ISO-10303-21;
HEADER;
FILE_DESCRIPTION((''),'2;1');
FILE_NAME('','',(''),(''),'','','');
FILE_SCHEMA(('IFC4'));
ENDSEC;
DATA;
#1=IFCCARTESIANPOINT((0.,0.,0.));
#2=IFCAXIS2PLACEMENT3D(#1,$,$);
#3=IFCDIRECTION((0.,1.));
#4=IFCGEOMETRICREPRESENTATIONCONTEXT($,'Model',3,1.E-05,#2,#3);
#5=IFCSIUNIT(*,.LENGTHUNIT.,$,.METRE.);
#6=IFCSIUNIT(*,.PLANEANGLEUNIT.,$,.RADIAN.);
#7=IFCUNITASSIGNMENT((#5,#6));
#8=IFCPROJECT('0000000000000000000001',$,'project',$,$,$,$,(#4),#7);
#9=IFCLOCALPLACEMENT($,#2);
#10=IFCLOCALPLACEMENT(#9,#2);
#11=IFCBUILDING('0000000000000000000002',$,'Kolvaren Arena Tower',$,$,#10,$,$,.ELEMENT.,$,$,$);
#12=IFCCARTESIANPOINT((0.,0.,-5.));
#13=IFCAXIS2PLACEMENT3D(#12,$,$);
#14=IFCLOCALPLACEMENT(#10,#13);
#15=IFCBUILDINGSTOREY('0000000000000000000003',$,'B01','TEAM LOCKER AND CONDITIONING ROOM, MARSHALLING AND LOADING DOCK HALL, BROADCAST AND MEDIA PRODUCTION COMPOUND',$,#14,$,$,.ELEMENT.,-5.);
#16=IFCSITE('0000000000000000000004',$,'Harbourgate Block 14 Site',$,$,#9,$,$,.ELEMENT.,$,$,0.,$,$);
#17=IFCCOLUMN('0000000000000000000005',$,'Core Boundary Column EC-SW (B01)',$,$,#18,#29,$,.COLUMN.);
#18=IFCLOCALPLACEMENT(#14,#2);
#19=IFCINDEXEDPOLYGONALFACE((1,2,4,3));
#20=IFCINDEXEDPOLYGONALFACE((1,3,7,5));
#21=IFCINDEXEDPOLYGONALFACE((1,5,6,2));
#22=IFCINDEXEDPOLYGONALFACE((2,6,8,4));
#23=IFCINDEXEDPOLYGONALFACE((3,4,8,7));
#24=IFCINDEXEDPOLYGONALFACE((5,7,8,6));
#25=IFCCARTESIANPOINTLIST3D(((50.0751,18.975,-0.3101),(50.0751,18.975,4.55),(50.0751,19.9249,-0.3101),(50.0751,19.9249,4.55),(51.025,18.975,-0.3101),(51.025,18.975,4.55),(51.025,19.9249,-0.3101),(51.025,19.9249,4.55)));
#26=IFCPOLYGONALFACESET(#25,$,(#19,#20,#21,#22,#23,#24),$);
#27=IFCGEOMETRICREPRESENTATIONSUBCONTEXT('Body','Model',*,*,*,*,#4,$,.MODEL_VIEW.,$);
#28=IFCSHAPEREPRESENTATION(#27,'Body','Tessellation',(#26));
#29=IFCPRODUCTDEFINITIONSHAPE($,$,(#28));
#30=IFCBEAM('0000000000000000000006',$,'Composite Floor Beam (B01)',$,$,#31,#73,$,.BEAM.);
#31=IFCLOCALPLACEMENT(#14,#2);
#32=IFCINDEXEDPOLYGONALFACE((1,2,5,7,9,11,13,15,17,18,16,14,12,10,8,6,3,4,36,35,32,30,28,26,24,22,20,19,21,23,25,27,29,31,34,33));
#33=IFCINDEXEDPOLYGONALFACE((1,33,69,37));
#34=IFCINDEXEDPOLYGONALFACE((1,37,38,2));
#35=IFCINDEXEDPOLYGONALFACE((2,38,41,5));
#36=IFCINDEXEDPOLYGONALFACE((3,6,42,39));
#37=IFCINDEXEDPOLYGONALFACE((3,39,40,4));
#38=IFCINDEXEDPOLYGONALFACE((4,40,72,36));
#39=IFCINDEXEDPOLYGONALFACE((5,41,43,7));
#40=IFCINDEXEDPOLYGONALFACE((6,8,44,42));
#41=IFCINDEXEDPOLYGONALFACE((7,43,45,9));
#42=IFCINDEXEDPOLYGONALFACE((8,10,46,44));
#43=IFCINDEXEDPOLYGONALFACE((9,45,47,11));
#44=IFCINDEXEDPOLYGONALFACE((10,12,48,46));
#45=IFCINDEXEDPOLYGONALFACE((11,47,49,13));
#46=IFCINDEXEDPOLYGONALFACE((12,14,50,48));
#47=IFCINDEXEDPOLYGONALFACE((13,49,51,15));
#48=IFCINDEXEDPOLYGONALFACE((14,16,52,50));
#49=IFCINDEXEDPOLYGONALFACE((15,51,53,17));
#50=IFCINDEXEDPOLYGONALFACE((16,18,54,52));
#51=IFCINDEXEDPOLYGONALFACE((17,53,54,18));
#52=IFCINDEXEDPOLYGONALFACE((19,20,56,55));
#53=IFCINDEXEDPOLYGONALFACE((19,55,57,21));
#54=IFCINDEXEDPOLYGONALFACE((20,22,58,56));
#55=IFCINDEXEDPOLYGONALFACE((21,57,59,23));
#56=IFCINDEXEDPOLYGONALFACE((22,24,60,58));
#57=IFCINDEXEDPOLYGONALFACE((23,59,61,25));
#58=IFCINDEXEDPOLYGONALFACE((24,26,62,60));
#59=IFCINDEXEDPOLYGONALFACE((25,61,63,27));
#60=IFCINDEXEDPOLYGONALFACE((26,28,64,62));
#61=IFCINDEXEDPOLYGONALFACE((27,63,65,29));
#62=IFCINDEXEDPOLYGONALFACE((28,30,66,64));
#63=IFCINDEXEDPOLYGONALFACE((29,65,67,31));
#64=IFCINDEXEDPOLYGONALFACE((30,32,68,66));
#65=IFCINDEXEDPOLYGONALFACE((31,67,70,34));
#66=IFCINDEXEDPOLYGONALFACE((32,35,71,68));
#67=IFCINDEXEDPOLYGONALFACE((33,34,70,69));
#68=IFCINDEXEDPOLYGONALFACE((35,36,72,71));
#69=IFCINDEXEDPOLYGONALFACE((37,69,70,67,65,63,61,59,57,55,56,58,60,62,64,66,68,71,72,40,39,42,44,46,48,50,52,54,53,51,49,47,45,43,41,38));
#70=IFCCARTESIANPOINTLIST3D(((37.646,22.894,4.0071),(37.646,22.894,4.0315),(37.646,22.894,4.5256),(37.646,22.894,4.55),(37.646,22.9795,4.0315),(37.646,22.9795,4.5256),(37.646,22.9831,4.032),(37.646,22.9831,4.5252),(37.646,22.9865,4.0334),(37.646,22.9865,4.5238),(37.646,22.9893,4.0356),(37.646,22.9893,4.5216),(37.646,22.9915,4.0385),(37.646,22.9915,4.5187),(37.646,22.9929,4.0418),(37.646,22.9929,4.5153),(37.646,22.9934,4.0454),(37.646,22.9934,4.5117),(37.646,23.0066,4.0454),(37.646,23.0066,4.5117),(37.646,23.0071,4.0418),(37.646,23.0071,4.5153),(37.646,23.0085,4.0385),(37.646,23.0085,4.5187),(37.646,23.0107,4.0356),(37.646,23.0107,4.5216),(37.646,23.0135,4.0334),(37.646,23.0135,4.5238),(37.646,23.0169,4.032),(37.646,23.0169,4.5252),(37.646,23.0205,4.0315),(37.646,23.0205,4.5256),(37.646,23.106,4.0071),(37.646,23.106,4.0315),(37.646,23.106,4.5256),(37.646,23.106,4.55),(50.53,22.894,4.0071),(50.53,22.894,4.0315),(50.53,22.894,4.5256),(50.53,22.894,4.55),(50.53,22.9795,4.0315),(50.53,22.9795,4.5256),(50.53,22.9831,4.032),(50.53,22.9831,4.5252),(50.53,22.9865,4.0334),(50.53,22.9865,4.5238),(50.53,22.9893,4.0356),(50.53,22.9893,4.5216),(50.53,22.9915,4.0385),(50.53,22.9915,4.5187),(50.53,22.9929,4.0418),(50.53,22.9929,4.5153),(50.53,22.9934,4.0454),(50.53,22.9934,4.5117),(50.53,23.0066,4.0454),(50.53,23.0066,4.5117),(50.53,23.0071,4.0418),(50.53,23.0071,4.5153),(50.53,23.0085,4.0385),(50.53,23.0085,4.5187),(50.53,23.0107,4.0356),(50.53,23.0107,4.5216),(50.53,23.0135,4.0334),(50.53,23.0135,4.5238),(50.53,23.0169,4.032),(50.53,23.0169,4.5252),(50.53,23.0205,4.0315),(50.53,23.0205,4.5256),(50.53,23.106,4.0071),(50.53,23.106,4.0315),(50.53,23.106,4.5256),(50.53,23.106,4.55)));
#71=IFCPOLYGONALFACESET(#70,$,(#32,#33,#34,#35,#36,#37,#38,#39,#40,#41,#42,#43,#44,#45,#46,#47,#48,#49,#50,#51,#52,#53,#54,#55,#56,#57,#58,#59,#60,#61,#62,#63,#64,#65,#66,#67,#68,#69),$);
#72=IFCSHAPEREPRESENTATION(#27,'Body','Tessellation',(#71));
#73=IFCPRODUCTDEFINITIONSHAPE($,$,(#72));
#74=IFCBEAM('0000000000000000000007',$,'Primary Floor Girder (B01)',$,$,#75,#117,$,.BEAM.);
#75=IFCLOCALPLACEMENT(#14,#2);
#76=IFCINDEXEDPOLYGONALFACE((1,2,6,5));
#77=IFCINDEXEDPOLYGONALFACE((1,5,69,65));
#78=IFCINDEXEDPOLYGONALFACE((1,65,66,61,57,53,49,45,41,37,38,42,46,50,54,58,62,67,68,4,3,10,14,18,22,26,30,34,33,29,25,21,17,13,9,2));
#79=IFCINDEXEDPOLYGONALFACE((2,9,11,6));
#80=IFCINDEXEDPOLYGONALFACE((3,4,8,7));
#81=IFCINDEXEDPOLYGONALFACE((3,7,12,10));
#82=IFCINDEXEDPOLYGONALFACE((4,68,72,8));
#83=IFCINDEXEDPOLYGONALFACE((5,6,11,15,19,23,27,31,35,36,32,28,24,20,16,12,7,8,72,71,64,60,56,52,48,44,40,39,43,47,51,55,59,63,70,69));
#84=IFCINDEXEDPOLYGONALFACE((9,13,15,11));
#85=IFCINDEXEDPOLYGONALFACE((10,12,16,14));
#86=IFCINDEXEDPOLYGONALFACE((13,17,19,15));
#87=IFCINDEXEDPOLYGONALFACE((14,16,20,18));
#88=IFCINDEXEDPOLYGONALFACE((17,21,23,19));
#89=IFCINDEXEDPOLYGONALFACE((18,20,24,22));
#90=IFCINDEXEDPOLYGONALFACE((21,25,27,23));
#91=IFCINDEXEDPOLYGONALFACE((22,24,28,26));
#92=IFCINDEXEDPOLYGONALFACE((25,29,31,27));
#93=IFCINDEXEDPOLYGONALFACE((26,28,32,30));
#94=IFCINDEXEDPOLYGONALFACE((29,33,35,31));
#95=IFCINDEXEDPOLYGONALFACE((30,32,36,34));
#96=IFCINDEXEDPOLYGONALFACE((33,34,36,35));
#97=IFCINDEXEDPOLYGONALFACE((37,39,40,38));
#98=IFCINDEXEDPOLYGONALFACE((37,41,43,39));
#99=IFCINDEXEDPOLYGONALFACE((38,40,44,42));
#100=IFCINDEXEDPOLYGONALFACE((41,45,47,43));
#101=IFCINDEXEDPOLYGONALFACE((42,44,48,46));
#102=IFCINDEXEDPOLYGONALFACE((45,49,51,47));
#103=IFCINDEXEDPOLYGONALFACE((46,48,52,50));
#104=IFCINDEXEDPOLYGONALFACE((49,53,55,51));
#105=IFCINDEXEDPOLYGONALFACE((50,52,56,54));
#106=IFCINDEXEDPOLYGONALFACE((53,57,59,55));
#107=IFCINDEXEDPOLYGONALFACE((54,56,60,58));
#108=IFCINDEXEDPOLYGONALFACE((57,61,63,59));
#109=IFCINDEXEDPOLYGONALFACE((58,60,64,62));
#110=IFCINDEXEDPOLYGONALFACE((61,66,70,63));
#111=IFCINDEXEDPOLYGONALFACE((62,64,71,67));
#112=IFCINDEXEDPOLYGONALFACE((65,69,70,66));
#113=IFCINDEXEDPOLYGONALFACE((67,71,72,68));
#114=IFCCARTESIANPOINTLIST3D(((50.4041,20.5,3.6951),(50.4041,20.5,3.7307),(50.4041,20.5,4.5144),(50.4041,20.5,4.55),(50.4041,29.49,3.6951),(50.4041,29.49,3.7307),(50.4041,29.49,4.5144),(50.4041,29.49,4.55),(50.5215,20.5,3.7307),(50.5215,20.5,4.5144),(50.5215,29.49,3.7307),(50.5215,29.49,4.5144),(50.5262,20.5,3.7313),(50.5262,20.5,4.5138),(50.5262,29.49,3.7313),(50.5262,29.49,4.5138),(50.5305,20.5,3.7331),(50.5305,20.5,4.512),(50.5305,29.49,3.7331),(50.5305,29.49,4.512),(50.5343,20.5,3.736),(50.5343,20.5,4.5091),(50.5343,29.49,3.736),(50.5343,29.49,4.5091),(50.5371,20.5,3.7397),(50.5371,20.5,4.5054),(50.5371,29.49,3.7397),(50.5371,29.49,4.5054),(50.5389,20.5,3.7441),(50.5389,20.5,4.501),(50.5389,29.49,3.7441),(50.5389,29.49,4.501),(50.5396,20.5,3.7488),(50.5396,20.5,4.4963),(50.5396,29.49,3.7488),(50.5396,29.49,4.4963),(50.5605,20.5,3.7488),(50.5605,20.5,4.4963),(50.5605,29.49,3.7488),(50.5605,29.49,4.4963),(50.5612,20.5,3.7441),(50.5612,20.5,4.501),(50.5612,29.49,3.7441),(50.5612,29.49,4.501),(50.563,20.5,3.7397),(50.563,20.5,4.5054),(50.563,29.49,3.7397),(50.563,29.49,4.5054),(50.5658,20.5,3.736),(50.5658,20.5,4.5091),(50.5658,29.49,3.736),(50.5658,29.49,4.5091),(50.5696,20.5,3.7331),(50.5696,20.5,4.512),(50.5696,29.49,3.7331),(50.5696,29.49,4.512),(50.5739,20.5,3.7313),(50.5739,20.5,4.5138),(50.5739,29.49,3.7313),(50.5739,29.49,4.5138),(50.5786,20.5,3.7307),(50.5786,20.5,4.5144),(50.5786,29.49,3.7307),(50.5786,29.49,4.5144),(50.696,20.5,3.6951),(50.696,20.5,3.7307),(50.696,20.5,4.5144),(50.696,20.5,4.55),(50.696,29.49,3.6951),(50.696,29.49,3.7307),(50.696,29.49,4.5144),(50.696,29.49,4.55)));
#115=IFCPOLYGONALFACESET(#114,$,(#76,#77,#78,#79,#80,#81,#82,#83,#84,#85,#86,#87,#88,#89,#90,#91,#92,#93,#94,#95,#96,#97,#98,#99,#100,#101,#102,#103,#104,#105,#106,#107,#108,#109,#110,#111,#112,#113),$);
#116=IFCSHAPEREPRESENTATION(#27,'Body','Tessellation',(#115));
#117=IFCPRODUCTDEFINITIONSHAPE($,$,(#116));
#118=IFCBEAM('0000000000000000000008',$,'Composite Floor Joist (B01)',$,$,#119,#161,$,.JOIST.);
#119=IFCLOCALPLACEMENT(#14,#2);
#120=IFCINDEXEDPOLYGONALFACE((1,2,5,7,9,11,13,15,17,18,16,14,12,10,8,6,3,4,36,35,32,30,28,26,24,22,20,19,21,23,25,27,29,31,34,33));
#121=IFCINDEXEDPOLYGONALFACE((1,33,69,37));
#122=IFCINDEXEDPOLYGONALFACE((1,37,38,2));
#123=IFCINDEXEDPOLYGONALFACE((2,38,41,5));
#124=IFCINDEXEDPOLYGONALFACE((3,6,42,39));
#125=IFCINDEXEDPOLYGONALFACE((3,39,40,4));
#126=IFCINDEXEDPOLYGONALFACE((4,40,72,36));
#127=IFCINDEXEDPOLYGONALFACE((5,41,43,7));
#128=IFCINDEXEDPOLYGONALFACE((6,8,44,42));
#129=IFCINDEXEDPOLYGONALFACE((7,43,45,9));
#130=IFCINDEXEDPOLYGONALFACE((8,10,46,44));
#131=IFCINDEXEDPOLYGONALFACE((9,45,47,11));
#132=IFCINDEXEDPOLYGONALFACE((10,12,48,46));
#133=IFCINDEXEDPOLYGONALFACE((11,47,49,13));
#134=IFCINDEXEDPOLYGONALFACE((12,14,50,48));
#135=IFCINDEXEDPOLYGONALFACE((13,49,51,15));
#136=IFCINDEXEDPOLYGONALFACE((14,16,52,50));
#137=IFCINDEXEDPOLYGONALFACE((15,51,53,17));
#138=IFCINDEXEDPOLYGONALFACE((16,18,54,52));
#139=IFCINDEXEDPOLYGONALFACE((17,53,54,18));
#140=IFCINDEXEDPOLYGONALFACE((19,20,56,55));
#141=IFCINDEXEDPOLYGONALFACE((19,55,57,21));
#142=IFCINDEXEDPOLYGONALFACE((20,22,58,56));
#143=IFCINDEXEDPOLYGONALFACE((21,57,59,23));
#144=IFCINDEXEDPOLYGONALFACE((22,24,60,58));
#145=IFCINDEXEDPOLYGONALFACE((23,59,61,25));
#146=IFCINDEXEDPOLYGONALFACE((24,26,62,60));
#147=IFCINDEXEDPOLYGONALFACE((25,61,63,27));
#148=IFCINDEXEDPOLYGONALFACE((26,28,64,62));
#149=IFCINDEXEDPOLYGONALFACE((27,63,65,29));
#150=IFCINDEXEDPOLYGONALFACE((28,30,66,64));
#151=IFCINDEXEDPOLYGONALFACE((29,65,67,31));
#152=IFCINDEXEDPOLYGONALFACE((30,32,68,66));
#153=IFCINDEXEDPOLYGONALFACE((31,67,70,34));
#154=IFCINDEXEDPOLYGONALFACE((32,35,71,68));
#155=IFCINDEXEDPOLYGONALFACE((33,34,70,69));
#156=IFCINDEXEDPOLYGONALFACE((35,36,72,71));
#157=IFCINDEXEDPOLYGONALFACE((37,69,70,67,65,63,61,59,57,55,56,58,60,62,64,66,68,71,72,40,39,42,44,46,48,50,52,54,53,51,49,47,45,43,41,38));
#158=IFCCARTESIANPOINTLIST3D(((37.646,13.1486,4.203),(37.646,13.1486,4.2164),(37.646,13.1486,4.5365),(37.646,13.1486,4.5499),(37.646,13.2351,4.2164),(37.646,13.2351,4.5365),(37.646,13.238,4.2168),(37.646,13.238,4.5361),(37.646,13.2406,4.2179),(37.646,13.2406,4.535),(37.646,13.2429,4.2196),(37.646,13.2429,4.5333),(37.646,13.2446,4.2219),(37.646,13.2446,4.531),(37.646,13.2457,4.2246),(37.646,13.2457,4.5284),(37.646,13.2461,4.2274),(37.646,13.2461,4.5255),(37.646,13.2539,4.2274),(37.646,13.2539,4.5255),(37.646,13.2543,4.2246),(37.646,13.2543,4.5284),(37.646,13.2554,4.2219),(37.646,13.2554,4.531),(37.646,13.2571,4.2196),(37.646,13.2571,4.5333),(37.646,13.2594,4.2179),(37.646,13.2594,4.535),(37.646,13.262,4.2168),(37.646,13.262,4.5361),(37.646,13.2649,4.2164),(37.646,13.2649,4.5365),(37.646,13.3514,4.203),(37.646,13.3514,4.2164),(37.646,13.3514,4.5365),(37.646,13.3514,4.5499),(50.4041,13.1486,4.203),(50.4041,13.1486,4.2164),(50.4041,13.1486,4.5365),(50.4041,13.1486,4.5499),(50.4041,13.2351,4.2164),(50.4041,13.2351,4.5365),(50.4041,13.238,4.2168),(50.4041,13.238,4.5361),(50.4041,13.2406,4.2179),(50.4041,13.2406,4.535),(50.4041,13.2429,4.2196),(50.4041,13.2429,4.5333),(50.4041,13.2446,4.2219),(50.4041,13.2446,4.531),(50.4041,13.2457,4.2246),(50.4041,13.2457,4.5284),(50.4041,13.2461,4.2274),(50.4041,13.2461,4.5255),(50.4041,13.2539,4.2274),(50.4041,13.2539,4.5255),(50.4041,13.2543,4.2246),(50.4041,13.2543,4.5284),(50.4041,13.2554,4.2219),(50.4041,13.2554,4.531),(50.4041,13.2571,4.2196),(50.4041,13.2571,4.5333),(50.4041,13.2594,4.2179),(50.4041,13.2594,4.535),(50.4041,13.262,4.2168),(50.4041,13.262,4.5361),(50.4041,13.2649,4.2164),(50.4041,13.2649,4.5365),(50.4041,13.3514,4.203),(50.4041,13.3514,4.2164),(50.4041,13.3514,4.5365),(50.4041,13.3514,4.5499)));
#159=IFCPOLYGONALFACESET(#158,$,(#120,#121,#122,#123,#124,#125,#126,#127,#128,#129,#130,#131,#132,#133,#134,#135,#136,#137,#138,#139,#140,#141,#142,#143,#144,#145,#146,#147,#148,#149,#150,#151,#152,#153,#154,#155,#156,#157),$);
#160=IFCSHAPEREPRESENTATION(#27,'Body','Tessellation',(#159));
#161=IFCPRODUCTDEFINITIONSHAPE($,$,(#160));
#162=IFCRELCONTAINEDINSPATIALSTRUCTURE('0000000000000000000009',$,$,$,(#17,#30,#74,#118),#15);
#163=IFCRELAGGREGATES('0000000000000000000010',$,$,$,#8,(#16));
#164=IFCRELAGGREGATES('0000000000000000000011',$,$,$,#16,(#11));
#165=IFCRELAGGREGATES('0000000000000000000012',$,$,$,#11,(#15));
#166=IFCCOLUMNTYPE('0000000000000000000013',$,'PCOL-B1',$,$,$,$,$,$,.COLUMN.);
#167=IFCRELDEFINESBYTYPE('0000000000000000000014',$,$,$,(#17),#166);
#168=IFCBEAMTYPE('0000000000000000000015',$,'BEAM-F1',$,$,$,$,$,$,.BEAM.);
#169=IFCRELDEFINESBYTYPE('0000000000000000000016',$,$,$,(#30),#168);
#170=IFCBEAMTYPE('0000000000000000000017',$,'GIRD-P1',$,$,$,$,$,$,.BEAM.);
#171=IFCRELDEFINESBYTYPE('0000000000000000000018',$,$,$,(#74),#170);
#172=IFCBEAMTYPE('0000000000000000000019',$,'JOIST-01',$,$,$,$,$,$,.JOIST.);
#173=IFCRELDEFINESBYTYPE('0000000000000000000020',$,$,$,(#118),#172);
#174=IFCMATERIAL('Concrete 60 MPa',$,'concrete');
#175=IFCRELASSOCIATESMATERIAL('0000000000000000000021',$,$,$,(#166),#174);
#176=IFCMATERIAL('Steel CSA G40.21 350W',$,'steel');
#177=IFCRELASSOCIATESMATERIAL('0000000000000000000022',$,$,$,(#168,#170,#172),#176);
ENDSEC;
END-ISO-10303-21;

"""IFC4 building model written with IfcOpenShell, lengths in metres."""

from ifc_helpers import new_model, si_unit, direction, frame, origin, origin_2d, place, context, subcontext, project, spatial, rectangle, i_section, extrude, material, material_profile, profile_set, type_object, element, save


model = new_model("IFC4")

# Units and contexts
model_context = context("Model", 3, precision=1e-05, world=origin(), true_north=direction((0.0, 1.0)))
body_context = subcontext(model_context, "Body", "Model", "MODEL_VIEW")
ifc_project = project(units=[si_unit("LENGTHUNIT", "METRE"), si_unit("PLANEANGLEUNIT", "RADIAN")], contexts=[model_context])

# Site, building, storey
site_placement = place(None, origin())
site = spatial("IfcSite", under=ifc_project, at=site_placement, Name="Harbourgate Block 14 Site", CompositionType="ELEMENT", RefElevation=0.0)
building_placement = place(site_placement, origin())
building = spatial("IfcBuilding", under=site, at=building_placement, Name="Kolvaren Arena Tower", CompositionType="ELEMENT")
storey_placement = place(building_placement, frame((0.0, 0.0, -5.0)))
storey = spatial("IfcBuildingStorey", under=building, at=storey_placement, Name="B01", Description="TEAM LOCKER AND CONDITIONING ROOM, MARSHALLING AND LOADING DOCK HALL, BROADCAST AND MEDIA PRODUCTION COMPOUND", CompositionType="ELEMENT", Elevation=-5.0)

# Column
ifc_material_1 = material(Name="Concrete 60 MPa", Category="concrete")
ifc_material_profile_1 = material_profile(ifc_material_1, rectangle(XDim=0.95, YDim=0.95, at=origin_2d()), Name="RC-950x950")
ifc_profile_set_1 = profile_set([ifc_material_profile_1], Name="Concrete 60 MPa")
column_type = type_object("IfcColumnType", Name="PCOL-B1", PredefinedType="COLUMN", material=ifc_profile_set_1)
column_placement = place(storey_placement, frame((50.55, 19.45, -0.3101), z_axis=(0.0, 0.0, 1.0), x_axis=(1.0, 0.0, 0.0)))
element("IfcColumn", 1, at=column_placement, inside=storey, type_object=column_type, Name="Core Boundary Column EC-SW (B01)", PredefinedType="COLUMN", context=body_context, shape_type="SweptSolid", body=[
    extrude(rectangle(XDim=0.95, YDim=0.95, at=origin_2d()), origin(), (0.0, 0.0, 1.0), 4.8601),
])

# Beams
ifc_material_2 = material(Name="Steel CSA G40.21 350W", Category="steel")
ifc_material_profile_2 = material_profile(ifc_material_2, i_section(OverallWidth=0.2119, OverallDepth=0.543, WebThickness=0.0132, FlangeThickness=0.0244, FilletRadius=0.0139, at=origin_2d()), Name="W530x150")
ifc_profile_set_2 = profile_set([ifc_material_profile_2], Name="Steel CSA G40.21 350W")
beam_type_1 = type_object("IfcBeamType", Name="BEAM-F1", PredefinedType="BEAM", material=ifc_profile_set_2)
beam_1_placement = place(storey_placement, frame((37.646, 23.0, 4.2786), z_axis=(1.0, 0.0, 0.0), x_axis=(0.0, 1.0, 0.0)))
element("IfcBeam", 2, at=beam_1_placement, inside=storey, type_object=beam_type_1, Name="Composite Floor Beam (B01)", PredefinedType="BEAM", context=body_context, shape_type="SweptSolid", body=[
    extrude(i_section(OverallWidth=0.2119, OverallDepth=0.543, WebThickness=0.0132, FlangeThickness=0.0244, FilletRadius=0.0139, at=origin_2d()), origin(), (0.0, 0.0, 1.0), 12.884),
])
ifc_material_profile_3 = material_profile(ifc_material_2, i_section(OverallWidth=0.292, OverallDepth=0.855, WebThickness=0.021, FlangeThickness=0.0356, FilletRadius=0.0181, at=origin_2d()), Name="W840x299")
ifc_profile_set_3 = profile_set([ifc_material_profile_3], Name="Steel CSA G40.21 350W")
beam_type_2 = type_object("IfcBeamType", Name="GIRD-P1", PredefinedType="BEAM", material=ifc_profile_set_3)
beam_2_placement = place(storey_placement, frame((50.55, 20.5, 4.1226), z_axis=(0.0, 1.0, 0.0), x_axis=(-1.0, 0.0, 0.0)))
element("IfcBeam", 3, at=beam_2_placement, inside=storey, type_object=beam_type_2, Name="Primary Floor Girder (B01)", PredefinedType="BEAM", context=body_context, shape_type="SweptSolid", body=[
    extrude(i_section(OverallWidth=0.292, OverallDepth=0.855, WebThickness=0.021, FlangeThickness=0.0356, FilletRadius=0.0181, at=origin_2d()), origin(), (0.0, 0.0, 1.0), 8.99),
])
ifc_material_profile_4 = material_profile(ifc_material_2, i_section(OverallWidth=0.2029, OverallDepth=0.3469, WebThickness=0.0078, FlangeThickness=0.0134, FilletRadius=0.011, at=origin_2d()), Name="W360x64")
ifc_profile_set_4 = profile_set([ifc_material_profile_4], Name="Steel CSA G40.21 350W")
beam_type_3 = type_object("IfcBeamType", Name="JOIST-01", PredefinedType="JOIST", material=ifc_profile_set_4)
for number, where, z_axis, x_axis, name in (
    (4, (37.646, 13.25, 4.3765), (1.0, 0.0, 0.0), (0.0, 1.0, 0.0), "Composite Floor Joist (B01)"),
):
    element("IfcBeam", number, at=place(storey_placement, frame(where, z_axis=z_axis, x_axis=x_axis)), inside=storey, type_object=beam_type_3, Name=name, PredefinedType="JOIST", context=body_context, shape_type="SweptSolid", body=[
        extrude(i_section(OverallWidth=0.2029, OverallDepth=0.3469, WebThickness=0.0078, FlangeThickness=0.0134, FilletRadius=0.011, at=origin_2d()), origin(), (0.0, 0.0, 1.0), 12.7581),
    ])

save(model, "model.ifc")
